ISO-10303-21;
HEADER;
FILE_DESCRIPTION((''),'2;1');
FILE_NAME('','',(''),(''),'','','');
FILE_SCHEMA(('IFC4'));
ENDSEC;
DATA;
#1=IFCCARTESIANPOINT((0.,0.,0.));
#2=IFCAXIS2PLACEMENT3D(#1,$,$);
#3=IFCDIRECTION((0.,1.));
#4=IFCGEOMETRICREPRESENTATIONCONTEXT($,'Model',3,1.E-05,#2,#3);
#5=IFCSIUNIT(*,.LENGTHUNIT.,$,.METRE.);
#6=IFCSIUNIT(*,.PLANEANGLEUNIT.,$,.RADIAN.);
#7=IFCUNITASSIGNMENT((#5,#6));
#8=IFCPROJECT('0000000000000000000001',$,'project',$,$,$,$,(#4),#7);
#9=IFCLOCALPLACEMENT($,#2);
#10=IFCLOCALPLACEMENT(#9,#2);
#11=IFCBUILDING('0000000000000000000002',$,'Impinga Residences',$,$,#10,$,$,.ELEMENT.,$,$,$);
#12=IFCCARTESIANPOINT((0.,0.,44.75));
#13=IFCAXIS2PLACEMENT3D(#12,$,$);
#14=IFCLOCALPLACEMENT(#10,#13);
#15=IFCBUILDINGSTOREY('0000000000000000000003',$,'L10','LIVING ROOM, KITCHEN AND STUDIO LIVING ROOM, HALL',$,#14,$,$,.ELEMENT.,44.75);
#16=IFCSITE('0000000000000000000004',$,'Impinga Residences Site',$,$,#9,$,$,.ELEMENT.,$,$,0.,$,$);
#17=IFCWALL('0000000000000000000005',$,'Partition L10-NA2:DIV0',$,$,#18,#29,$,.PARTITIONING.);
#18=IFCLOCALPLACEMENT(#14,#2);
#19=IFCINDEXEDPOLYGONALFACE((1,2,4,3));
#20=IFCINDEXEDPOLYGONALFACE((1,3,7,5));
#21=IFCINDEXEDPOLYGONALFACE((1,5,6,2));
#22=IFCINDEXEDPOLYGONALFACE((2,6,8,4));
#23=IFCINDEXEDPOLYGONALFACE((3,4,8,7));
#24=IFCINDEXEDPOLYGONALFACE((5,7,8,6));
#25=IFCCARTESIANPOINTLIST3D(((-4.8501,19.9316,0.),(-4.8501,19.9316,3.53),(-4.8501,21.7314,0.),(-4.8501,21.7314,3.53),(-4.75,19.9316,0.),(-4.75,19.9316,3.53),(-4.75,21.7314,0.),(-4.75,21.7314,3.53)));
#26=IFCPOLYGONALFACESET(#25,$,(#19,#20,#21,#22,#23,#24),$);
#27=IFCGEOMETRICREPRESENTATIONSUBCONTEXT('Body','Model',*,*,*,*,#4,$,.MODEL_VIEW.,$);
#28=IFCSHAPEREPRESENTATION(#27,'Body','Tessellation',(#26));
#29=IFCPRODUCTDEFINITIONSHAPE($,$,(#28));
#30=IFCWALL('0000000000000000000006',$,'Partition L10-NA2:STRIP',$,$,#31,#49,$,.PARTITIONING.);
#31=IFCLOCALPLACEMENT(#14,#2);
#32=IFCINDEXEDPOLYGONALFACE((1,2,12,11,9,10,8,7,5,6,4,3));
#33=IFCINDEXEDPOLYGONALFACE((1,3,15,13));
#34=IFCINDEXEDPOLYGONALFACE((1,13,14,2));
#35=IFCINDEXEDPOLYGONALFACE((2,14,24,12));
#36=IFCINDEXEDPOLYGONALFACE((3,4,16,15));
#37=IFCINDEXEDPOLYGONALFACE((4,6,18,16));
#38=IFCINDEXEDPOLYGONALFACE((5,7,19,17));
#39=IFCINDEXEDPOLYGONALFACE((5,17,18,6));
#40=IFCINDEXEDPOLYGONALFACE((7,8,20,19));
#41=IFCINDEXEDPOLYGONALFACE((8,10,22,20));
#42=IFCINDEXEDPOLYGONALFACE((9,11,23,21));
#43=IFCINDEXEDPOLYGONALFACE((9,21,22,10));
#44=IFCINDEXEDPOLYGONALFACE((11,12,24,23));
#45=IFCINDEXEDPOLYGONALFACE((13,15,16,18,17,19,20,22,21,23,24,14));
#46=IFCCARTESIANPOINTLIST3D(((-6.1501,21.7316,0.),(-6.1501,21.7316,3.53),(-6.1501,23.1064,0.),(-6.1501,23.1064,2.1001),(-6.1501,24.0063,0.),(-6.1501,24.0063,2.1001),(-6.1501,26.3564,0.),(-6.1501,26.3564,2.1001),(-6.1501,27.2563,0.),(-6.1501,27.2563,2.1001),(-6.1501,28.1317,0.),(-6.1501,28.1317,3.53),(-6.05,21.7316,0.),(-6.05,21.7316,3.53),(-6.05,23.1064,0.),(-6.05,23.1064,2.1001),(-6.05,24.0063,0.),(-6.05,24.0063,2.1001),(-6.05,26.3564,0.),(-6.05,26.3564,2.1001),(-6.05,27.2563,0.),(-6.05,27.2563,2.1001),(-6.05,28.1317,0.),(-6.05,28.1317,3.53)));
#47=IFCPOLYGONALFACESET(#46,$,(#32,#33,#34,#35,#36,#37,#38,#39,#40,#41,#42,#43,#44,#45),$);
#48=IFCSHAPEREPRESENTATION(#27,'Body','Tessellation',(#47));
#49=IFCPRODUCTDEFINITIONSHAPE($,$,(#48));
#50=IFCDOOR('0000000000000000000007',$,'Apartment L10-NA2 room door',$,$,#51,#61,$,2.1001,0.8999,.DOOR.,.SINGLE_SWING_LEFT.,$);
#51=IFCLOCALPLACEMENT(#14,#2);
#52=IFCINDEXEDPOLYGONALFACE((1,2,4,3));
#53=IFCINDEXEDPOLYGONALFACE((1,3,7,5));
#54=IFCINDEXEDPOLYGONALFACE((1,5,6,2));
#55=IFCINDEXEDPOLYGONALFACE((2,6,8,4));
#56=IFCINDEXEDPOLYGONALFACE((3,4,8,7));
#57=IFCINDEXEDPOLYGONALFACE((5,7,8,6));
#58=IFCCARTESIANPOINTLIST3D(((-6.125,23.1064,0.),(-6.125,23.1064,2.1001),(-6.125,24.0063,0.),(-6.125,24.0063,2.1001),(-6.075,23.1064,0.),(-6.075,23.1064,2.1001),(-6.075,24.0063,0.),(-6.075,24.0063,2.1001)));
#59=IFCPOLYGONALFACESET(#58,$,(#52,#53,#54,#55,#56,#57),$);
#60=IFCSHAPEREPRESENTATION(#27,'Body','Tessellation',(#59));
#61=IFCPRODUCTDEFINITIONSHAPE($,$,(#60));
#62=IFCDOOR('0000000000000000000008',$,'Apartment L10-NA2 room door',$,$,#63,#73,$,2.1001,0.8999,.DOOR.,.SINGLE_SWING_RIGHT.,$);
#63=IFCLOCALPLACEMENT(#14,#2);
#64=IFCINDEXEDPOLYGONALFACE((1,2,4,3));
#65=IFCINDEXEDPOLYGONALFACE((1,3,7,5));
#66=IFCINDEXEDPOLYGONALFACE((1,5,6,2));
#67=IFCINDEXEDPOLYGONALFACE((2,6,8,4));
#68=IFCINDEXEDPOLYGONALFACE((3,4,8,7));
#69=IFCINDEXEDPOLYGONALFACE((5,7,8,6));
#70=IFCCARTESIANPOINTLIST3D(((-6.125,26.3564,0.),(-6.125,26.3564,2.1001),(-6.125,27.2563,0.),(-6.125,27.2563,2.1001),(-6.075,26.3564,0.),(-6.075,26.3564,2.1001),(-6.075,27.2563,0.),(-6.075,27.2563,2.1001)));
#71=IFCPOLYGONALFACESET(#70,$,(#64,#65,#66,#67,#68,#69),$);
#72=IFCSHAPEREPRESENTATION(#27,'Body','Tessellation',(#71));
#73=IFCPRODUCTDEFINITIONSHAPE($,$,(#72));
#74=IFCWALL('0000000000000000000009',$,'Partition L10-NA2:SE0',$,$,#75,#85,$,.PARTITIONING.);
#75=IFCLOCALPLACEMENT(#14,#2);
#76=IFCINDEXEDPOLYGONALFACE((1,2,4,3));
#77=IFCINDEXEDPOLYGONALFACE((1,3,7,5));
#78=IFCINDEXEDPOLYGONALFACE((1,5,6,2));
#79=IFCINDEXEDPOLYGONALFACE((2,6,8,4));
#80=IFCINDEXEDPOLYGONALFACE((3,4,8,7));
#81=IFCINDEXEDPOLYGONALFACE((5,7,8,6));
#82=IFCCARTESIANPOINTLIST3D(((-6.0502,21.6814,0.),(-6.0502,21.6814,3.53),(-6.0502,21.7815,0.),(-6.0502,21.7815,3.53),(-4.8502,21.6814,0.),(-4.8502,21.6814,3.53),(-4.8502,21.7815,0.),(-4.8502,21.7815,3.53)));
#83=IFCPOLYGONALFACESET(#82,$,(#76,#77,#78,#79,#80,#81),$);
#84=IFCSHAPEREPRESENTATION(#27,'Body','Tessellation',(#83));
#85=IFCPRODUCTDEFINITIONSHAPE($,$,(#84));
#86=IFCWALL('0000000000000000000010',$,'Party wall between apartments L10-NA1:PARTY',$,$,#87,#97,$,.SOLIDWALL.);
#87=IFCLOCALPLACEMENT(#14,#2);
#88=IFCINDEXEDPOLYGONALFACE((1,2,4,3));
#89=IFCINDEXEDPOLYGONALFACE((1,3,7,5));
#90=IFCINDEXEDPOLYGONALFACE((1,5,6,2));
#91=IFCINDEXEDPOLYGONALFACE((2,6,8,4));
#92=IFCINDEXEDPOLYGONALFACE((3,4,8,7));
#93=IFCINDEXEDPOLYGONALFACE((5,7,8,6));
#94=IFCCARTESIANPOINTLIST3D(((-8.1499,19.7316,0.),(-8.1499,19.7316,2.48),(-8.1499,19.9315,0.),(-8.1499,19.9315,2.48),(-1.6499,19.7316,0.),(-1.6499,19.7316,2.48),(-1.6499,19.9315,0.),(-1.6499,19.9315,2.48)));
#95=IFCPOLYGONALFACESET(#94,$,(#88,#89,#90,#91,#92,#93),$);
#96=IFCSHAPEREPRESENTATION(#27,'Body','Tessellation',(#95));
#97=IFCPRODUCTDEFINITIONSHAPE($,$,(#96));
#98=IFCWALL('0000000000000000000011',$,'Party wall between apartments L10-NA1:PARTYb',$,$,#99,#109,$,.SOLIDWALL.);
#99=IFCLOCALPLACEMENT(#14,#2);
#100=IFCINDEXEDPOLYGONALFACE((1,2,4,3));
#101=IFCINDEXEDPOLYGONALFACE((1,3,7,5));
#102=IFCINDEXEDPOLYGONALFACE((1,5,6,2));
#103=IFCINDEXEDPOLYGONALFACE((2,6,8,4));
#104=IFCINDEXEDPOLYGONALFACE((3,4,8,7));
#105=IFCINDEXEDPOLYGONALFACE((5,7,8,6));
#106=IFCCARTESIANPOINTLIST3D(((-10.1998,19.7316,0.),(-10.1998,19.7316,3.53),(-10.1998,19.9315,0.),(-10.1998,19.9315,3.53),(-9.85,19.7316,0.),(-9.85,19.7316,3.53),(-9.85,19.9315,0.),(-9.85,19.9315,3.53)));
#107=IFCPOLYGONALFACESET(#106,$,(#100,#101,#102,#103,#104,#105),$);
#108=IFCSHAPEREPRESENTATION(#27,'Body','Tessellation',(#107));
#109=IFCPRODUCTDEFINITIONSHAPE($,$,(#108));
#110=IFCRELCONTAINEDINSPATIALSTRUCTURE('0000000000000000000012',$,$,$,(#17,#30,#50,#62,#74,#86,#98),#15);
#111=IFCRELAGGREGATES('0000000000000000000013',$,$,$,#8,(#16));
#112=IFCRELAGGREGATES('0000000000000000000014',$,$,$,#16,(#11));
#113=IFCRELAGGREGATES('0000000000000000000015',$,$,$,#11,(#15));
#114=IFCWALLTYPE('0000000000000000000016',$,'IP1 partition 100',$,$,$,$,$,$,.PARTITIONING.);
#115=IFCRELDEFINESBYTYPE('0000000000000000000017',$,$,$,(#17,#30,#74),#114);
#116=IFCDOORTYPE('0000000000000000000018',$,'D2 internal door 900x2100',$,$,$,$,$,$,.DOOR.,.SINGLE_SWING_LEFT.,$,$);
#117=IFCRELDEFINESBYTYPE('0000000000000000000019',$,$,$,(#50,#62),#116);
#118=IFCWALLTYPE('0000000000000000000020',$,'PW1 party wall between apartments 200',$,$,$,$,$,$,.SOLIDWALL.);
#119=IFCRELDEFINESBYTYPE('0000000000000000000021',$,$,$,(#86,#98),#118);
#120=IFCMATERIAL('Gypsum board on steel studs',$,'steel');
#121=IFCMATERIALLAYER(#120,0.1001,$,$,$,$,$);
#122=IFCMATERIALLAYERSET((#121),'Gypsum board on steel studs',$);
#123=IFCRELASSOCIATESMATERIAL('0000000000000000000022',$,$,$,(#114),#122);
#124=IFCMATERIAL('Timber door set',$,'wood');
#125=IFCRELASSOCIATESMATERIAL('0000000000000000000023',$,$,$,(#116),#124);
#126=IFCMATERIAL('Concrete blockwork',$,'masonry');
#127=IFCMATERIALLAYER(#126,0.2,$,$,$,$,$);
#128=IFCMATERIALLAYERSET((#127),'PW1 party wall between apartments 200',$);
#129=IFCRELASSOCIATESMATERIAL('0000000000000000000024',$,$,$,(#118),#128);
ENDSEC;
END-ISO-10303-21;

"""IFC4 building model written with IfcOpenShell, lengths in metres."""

from ifc_helpers import new_model, si_unit, direction, frame, frame_2d, origin, place, context, subcontext, project, spatial, rectangle, extrude, material, layer, layer_set, type_object, element, fill, save


model = new_model("IFC4")

# Units and contexts
model_context = context("Model", 3, precision=1e-05, world=origin(), true_north=direction((0.0, 1.0)))
body_context = subcontext(model_context, "Body", "Model", "MODEL_VIEW")
ifc_project = project(units=[si_unit("LENGTHUNIT", "METRE"), si_unit("PLANEANGLEUNIT", "RADIAN")], contexts=[model_context])

# Site, building, storey
site_placement = place(None, origin())
site = spatial("IfcSite", under=ifc_project, at=site_placement, Name="Impinga Residences Site", CompositionType="ELEMENT", RefElevation=0.0)
building_placement = place(site_placement, origin())
building = spatial("IfcBuilding", under=site, at=building_placement, Name="Impinga Residences", CompositionType="ELEMENT")
storey_placement = place(building_placement, frame((0.0, 0.0, 44.75)))
storey = spatial("IfcBuildingStorey", under=building, at=storey_placement, Name="L10", Description="LIVING ROOM, KITCHEN AND STUDIO LIVING ROOM, HALL", CompositionType="ELEMENT", Elevation=44.75)

# Shared definitions
ifc_material_1 = material(Name="Gypsum board on steel studs", Category="steel")
ifc_layer_1 = layer(ifc_material_1, 0.1001)
ifc_layer_set_1 = layer_set([ifc_layer_1], Name="Gypsum board on steel studs")
wall_type_1 = type_object("IfcWallType", Name="IP1 partition 100", PredefinedType="PARTITIONING", material=ifc_layer_set_1)

# Shared definitions
ifc_material_2 = material(Name="Timber door set", Category="wood")
door_type = type_object("IfcDoorType", Name="D2 internal door 900x2100", OperationType="SINGLE_SWING_LEFT", PredefinedType="DOOR", material=ifc_material_2)

# Wall
wall_1_placement = place(storey_placement, frame((-4.8, 19.9316, 0.0), z_axis=(0.0, 0.0, 1.0), x_axis=(0.0, 1.0, 0.0)))
element("IfcWall", 1, at=wall_1_placement, inside=storey, type_object=wall_type_1, Name="Partition L10-NA2:DIV0", PredefinedType="PARTITIONING", context=body_context, shape_type="SweptSolid", body=[
    extrude(rectangle(XDim=1.7998, YDim=0.1001, at=frame_2d((0.8999, 0.0))), origin(), (0.0, 0.0, 1.0), 3.53),
])

# Wall, openings, doors
wall_2_placement = place(storey_placement, frame((-6.1001, 21.7314, 0.0), z_axis=(0.0, 0.0, 1.0), x_axis=(0.0, 1.0, 0.0)))
wall_2 = element("IfcWall", 2, at=wall_2_placement, inside=storey, type_object=wall_type_1, Name="Partition L10-NA2:STRIP", PredefinedType="PARTITIONING", context=body_context, shape_type="SweptSolid", body=[
    extrude(rectangle(XDim=6.4001, YDim=0.1001, at=frame_2d((3.2002, 0.0))), origin(), (0.0, 0.0, 1.0), 3.53),
])
opening_1_placement = place(wall_2_placement, frame((1.375, 0.0, 0.0)))
opening_1 = element("IfcOpeningElement", 3, at=opening_1_placement, cuts=wall_2, PredefinedType="OPENING", context=body_context, shape_type="SweptSolid", body=[
    extrude(rectangle(XDim=0.8999, YDim=2.1001, at=frame_2d((0.45, 1.05))), frame((0.0, 0.0601, 0.0), z_axis=(0.0, -1.0, 0.0), x_axis=(1.0, 0.0, 0.0)), (0.0, 0.0, 1.0), 0.1201),
])
opening_2_placement = place(wall_2_placement, frame((4.625, 0.0, 0.0)))
opening_2 = element("IfcOpeningElement", 4, at=opening_2_placement, cuts=wall_2, PredefinedType="OPENING", context=body_context, shape_type="SweptSolid", body=[
    extrude(rectangle(XDim=0.8999, YDim=2.1001, at=frame_2d((0.45, 1.05))), frame((0.0, 0.0601, 0.0), z_axis=(0.0, -1.0, 0.0), x_axis=(1.0, 0.0, 0.0)), (0.0, 0.0, 1.0), 0.1201),
])
door_1_placement = place(opening_1_placement, origin())
door_1 = element("IfcDoor", 5, at=door_1_placement, inside=storey, type_object=door_type, Name="Apartment L10-NA2 room door", OperationType="SINGLE_SWING_LEFT", OverallHeight=2.1001, OverallWidth=0.8999, PredefinedType="DOOR", context=body_context, shape_type="SweptSolid", body=[
    extrude(rectangle(XDim=0.8999, YDim=2.1001, at=frame_2d((0.45, 1.05))), frame((0.0, 0.0249, 0.0), z_axis=(0.0, -1.0, 0.0), x_axis=(1.0, 0.0, 0.0)), (0.0, 0.0, 1.0), 0.05),
])
fill(opening_1, door_1)
door_2_placement = place(opening_2_placement, origin())
door_2 = element("IfcDoor", 6, at=door_2_placement, inside=storey, type_object=door_type, Name="Apartment L10-NA2 room door", OperationType="SINGLE_SWING_RIGHT", OverallHeight=2.1001, OverallWidth=0.8999, PredefinedType="DOOR", context=body_context, shape_type="SweptSolid", body=[
    extrude(rectangle(XDim=0.8999, YDim=2.1001, at=frame_2d((0.45, 1.05))), frame((0.0, 0.0249, 0.0), z_axis=(0.0, -1.0, 0.0), x_axis=(1.0, 0.0, 0.0)), (0.0, 0.0, 1.0), 0.05),
])
fill(opening_2, door_2)

# Walls
wall_3_placement = place(storey_placement, frame((-4.8501, 21.7314, 0.0), z_axis=(0.0, 0.0, 1.0), x_axis=(-1.0, 0.0, 0.0)))
element("IfcWall", 7, at=wall_3_placement, inside=storey, type_object=wall_type_1, Name="Partition L10-NA2:SE0", PredefinedType="PARTITIONING", context=body_context, shape_type="SweptSolid", body=[
    extrude(rectangle(XDim=1.2, YDim=0.1001, at=frame_2d((0.6001, 0.0))), origin(), (0.0, 0.0, 1.0), 3.53),
])
ifc_material_3 = material(Name="Concrete blockwork", Category="masonry")
ifc_layer_2 = layer(ifc_material_3, 0.2)
ifc_layer_set_2 = layer_set([ifc_layer_2], Name="PW1 party wall between apartments 200")
wall_type_2 = type_object("IfcWallType", Name="PW1 party wall between apartments 200", PredefinedType="SOLIDWALL", material=ifc_layer_set_2)
wall_4_placement = place(storey_placement, frame((-1.6499, 19.8315, 0.0), z_axis=(0.0, 0.0, 1.0), x_axis=(-1.0, 0.0, 0.0)))
element("IfcWall", 8, at=wall_4_placement, inside=storey, type_object=wall_type_2, Name="Party wall between apartments L10-NA1:PARTY", PredefinedType="SOLIDWALL", context=body_context, shape_type="SweptSolid", body=[
    extrude(rectangle(XDim=6.5, YDim=0.2, at=frame_2d((3.25, 0.0))), origin(), (0.0, 0.0, 1.0), 2.48),
])
wall_5_placement = place(storey_placement, frame((-9.8501, 19.8315, 0.0), z_axis=(0.0, 0.0, 1.0), x_axis=(-1.0, 0.0, 0.0)))
element("IfcWall", 9, at=wall_5_placement, inside=storey, type_object=wall_type_2, Name="Party wall between apartments L10-NA1:PARTYb", PredefinedType="SOLIDWALL", context=body_context, shape_type="SweptSolid", body=[
    extrude(rectangle(XDim=0.3499, YDim=0.2, at=frame_2d((0.1748, 0.0))), origin(), (0.0, 0.0, 1.0), 3.53),
])

save(model, "model.ifc")
